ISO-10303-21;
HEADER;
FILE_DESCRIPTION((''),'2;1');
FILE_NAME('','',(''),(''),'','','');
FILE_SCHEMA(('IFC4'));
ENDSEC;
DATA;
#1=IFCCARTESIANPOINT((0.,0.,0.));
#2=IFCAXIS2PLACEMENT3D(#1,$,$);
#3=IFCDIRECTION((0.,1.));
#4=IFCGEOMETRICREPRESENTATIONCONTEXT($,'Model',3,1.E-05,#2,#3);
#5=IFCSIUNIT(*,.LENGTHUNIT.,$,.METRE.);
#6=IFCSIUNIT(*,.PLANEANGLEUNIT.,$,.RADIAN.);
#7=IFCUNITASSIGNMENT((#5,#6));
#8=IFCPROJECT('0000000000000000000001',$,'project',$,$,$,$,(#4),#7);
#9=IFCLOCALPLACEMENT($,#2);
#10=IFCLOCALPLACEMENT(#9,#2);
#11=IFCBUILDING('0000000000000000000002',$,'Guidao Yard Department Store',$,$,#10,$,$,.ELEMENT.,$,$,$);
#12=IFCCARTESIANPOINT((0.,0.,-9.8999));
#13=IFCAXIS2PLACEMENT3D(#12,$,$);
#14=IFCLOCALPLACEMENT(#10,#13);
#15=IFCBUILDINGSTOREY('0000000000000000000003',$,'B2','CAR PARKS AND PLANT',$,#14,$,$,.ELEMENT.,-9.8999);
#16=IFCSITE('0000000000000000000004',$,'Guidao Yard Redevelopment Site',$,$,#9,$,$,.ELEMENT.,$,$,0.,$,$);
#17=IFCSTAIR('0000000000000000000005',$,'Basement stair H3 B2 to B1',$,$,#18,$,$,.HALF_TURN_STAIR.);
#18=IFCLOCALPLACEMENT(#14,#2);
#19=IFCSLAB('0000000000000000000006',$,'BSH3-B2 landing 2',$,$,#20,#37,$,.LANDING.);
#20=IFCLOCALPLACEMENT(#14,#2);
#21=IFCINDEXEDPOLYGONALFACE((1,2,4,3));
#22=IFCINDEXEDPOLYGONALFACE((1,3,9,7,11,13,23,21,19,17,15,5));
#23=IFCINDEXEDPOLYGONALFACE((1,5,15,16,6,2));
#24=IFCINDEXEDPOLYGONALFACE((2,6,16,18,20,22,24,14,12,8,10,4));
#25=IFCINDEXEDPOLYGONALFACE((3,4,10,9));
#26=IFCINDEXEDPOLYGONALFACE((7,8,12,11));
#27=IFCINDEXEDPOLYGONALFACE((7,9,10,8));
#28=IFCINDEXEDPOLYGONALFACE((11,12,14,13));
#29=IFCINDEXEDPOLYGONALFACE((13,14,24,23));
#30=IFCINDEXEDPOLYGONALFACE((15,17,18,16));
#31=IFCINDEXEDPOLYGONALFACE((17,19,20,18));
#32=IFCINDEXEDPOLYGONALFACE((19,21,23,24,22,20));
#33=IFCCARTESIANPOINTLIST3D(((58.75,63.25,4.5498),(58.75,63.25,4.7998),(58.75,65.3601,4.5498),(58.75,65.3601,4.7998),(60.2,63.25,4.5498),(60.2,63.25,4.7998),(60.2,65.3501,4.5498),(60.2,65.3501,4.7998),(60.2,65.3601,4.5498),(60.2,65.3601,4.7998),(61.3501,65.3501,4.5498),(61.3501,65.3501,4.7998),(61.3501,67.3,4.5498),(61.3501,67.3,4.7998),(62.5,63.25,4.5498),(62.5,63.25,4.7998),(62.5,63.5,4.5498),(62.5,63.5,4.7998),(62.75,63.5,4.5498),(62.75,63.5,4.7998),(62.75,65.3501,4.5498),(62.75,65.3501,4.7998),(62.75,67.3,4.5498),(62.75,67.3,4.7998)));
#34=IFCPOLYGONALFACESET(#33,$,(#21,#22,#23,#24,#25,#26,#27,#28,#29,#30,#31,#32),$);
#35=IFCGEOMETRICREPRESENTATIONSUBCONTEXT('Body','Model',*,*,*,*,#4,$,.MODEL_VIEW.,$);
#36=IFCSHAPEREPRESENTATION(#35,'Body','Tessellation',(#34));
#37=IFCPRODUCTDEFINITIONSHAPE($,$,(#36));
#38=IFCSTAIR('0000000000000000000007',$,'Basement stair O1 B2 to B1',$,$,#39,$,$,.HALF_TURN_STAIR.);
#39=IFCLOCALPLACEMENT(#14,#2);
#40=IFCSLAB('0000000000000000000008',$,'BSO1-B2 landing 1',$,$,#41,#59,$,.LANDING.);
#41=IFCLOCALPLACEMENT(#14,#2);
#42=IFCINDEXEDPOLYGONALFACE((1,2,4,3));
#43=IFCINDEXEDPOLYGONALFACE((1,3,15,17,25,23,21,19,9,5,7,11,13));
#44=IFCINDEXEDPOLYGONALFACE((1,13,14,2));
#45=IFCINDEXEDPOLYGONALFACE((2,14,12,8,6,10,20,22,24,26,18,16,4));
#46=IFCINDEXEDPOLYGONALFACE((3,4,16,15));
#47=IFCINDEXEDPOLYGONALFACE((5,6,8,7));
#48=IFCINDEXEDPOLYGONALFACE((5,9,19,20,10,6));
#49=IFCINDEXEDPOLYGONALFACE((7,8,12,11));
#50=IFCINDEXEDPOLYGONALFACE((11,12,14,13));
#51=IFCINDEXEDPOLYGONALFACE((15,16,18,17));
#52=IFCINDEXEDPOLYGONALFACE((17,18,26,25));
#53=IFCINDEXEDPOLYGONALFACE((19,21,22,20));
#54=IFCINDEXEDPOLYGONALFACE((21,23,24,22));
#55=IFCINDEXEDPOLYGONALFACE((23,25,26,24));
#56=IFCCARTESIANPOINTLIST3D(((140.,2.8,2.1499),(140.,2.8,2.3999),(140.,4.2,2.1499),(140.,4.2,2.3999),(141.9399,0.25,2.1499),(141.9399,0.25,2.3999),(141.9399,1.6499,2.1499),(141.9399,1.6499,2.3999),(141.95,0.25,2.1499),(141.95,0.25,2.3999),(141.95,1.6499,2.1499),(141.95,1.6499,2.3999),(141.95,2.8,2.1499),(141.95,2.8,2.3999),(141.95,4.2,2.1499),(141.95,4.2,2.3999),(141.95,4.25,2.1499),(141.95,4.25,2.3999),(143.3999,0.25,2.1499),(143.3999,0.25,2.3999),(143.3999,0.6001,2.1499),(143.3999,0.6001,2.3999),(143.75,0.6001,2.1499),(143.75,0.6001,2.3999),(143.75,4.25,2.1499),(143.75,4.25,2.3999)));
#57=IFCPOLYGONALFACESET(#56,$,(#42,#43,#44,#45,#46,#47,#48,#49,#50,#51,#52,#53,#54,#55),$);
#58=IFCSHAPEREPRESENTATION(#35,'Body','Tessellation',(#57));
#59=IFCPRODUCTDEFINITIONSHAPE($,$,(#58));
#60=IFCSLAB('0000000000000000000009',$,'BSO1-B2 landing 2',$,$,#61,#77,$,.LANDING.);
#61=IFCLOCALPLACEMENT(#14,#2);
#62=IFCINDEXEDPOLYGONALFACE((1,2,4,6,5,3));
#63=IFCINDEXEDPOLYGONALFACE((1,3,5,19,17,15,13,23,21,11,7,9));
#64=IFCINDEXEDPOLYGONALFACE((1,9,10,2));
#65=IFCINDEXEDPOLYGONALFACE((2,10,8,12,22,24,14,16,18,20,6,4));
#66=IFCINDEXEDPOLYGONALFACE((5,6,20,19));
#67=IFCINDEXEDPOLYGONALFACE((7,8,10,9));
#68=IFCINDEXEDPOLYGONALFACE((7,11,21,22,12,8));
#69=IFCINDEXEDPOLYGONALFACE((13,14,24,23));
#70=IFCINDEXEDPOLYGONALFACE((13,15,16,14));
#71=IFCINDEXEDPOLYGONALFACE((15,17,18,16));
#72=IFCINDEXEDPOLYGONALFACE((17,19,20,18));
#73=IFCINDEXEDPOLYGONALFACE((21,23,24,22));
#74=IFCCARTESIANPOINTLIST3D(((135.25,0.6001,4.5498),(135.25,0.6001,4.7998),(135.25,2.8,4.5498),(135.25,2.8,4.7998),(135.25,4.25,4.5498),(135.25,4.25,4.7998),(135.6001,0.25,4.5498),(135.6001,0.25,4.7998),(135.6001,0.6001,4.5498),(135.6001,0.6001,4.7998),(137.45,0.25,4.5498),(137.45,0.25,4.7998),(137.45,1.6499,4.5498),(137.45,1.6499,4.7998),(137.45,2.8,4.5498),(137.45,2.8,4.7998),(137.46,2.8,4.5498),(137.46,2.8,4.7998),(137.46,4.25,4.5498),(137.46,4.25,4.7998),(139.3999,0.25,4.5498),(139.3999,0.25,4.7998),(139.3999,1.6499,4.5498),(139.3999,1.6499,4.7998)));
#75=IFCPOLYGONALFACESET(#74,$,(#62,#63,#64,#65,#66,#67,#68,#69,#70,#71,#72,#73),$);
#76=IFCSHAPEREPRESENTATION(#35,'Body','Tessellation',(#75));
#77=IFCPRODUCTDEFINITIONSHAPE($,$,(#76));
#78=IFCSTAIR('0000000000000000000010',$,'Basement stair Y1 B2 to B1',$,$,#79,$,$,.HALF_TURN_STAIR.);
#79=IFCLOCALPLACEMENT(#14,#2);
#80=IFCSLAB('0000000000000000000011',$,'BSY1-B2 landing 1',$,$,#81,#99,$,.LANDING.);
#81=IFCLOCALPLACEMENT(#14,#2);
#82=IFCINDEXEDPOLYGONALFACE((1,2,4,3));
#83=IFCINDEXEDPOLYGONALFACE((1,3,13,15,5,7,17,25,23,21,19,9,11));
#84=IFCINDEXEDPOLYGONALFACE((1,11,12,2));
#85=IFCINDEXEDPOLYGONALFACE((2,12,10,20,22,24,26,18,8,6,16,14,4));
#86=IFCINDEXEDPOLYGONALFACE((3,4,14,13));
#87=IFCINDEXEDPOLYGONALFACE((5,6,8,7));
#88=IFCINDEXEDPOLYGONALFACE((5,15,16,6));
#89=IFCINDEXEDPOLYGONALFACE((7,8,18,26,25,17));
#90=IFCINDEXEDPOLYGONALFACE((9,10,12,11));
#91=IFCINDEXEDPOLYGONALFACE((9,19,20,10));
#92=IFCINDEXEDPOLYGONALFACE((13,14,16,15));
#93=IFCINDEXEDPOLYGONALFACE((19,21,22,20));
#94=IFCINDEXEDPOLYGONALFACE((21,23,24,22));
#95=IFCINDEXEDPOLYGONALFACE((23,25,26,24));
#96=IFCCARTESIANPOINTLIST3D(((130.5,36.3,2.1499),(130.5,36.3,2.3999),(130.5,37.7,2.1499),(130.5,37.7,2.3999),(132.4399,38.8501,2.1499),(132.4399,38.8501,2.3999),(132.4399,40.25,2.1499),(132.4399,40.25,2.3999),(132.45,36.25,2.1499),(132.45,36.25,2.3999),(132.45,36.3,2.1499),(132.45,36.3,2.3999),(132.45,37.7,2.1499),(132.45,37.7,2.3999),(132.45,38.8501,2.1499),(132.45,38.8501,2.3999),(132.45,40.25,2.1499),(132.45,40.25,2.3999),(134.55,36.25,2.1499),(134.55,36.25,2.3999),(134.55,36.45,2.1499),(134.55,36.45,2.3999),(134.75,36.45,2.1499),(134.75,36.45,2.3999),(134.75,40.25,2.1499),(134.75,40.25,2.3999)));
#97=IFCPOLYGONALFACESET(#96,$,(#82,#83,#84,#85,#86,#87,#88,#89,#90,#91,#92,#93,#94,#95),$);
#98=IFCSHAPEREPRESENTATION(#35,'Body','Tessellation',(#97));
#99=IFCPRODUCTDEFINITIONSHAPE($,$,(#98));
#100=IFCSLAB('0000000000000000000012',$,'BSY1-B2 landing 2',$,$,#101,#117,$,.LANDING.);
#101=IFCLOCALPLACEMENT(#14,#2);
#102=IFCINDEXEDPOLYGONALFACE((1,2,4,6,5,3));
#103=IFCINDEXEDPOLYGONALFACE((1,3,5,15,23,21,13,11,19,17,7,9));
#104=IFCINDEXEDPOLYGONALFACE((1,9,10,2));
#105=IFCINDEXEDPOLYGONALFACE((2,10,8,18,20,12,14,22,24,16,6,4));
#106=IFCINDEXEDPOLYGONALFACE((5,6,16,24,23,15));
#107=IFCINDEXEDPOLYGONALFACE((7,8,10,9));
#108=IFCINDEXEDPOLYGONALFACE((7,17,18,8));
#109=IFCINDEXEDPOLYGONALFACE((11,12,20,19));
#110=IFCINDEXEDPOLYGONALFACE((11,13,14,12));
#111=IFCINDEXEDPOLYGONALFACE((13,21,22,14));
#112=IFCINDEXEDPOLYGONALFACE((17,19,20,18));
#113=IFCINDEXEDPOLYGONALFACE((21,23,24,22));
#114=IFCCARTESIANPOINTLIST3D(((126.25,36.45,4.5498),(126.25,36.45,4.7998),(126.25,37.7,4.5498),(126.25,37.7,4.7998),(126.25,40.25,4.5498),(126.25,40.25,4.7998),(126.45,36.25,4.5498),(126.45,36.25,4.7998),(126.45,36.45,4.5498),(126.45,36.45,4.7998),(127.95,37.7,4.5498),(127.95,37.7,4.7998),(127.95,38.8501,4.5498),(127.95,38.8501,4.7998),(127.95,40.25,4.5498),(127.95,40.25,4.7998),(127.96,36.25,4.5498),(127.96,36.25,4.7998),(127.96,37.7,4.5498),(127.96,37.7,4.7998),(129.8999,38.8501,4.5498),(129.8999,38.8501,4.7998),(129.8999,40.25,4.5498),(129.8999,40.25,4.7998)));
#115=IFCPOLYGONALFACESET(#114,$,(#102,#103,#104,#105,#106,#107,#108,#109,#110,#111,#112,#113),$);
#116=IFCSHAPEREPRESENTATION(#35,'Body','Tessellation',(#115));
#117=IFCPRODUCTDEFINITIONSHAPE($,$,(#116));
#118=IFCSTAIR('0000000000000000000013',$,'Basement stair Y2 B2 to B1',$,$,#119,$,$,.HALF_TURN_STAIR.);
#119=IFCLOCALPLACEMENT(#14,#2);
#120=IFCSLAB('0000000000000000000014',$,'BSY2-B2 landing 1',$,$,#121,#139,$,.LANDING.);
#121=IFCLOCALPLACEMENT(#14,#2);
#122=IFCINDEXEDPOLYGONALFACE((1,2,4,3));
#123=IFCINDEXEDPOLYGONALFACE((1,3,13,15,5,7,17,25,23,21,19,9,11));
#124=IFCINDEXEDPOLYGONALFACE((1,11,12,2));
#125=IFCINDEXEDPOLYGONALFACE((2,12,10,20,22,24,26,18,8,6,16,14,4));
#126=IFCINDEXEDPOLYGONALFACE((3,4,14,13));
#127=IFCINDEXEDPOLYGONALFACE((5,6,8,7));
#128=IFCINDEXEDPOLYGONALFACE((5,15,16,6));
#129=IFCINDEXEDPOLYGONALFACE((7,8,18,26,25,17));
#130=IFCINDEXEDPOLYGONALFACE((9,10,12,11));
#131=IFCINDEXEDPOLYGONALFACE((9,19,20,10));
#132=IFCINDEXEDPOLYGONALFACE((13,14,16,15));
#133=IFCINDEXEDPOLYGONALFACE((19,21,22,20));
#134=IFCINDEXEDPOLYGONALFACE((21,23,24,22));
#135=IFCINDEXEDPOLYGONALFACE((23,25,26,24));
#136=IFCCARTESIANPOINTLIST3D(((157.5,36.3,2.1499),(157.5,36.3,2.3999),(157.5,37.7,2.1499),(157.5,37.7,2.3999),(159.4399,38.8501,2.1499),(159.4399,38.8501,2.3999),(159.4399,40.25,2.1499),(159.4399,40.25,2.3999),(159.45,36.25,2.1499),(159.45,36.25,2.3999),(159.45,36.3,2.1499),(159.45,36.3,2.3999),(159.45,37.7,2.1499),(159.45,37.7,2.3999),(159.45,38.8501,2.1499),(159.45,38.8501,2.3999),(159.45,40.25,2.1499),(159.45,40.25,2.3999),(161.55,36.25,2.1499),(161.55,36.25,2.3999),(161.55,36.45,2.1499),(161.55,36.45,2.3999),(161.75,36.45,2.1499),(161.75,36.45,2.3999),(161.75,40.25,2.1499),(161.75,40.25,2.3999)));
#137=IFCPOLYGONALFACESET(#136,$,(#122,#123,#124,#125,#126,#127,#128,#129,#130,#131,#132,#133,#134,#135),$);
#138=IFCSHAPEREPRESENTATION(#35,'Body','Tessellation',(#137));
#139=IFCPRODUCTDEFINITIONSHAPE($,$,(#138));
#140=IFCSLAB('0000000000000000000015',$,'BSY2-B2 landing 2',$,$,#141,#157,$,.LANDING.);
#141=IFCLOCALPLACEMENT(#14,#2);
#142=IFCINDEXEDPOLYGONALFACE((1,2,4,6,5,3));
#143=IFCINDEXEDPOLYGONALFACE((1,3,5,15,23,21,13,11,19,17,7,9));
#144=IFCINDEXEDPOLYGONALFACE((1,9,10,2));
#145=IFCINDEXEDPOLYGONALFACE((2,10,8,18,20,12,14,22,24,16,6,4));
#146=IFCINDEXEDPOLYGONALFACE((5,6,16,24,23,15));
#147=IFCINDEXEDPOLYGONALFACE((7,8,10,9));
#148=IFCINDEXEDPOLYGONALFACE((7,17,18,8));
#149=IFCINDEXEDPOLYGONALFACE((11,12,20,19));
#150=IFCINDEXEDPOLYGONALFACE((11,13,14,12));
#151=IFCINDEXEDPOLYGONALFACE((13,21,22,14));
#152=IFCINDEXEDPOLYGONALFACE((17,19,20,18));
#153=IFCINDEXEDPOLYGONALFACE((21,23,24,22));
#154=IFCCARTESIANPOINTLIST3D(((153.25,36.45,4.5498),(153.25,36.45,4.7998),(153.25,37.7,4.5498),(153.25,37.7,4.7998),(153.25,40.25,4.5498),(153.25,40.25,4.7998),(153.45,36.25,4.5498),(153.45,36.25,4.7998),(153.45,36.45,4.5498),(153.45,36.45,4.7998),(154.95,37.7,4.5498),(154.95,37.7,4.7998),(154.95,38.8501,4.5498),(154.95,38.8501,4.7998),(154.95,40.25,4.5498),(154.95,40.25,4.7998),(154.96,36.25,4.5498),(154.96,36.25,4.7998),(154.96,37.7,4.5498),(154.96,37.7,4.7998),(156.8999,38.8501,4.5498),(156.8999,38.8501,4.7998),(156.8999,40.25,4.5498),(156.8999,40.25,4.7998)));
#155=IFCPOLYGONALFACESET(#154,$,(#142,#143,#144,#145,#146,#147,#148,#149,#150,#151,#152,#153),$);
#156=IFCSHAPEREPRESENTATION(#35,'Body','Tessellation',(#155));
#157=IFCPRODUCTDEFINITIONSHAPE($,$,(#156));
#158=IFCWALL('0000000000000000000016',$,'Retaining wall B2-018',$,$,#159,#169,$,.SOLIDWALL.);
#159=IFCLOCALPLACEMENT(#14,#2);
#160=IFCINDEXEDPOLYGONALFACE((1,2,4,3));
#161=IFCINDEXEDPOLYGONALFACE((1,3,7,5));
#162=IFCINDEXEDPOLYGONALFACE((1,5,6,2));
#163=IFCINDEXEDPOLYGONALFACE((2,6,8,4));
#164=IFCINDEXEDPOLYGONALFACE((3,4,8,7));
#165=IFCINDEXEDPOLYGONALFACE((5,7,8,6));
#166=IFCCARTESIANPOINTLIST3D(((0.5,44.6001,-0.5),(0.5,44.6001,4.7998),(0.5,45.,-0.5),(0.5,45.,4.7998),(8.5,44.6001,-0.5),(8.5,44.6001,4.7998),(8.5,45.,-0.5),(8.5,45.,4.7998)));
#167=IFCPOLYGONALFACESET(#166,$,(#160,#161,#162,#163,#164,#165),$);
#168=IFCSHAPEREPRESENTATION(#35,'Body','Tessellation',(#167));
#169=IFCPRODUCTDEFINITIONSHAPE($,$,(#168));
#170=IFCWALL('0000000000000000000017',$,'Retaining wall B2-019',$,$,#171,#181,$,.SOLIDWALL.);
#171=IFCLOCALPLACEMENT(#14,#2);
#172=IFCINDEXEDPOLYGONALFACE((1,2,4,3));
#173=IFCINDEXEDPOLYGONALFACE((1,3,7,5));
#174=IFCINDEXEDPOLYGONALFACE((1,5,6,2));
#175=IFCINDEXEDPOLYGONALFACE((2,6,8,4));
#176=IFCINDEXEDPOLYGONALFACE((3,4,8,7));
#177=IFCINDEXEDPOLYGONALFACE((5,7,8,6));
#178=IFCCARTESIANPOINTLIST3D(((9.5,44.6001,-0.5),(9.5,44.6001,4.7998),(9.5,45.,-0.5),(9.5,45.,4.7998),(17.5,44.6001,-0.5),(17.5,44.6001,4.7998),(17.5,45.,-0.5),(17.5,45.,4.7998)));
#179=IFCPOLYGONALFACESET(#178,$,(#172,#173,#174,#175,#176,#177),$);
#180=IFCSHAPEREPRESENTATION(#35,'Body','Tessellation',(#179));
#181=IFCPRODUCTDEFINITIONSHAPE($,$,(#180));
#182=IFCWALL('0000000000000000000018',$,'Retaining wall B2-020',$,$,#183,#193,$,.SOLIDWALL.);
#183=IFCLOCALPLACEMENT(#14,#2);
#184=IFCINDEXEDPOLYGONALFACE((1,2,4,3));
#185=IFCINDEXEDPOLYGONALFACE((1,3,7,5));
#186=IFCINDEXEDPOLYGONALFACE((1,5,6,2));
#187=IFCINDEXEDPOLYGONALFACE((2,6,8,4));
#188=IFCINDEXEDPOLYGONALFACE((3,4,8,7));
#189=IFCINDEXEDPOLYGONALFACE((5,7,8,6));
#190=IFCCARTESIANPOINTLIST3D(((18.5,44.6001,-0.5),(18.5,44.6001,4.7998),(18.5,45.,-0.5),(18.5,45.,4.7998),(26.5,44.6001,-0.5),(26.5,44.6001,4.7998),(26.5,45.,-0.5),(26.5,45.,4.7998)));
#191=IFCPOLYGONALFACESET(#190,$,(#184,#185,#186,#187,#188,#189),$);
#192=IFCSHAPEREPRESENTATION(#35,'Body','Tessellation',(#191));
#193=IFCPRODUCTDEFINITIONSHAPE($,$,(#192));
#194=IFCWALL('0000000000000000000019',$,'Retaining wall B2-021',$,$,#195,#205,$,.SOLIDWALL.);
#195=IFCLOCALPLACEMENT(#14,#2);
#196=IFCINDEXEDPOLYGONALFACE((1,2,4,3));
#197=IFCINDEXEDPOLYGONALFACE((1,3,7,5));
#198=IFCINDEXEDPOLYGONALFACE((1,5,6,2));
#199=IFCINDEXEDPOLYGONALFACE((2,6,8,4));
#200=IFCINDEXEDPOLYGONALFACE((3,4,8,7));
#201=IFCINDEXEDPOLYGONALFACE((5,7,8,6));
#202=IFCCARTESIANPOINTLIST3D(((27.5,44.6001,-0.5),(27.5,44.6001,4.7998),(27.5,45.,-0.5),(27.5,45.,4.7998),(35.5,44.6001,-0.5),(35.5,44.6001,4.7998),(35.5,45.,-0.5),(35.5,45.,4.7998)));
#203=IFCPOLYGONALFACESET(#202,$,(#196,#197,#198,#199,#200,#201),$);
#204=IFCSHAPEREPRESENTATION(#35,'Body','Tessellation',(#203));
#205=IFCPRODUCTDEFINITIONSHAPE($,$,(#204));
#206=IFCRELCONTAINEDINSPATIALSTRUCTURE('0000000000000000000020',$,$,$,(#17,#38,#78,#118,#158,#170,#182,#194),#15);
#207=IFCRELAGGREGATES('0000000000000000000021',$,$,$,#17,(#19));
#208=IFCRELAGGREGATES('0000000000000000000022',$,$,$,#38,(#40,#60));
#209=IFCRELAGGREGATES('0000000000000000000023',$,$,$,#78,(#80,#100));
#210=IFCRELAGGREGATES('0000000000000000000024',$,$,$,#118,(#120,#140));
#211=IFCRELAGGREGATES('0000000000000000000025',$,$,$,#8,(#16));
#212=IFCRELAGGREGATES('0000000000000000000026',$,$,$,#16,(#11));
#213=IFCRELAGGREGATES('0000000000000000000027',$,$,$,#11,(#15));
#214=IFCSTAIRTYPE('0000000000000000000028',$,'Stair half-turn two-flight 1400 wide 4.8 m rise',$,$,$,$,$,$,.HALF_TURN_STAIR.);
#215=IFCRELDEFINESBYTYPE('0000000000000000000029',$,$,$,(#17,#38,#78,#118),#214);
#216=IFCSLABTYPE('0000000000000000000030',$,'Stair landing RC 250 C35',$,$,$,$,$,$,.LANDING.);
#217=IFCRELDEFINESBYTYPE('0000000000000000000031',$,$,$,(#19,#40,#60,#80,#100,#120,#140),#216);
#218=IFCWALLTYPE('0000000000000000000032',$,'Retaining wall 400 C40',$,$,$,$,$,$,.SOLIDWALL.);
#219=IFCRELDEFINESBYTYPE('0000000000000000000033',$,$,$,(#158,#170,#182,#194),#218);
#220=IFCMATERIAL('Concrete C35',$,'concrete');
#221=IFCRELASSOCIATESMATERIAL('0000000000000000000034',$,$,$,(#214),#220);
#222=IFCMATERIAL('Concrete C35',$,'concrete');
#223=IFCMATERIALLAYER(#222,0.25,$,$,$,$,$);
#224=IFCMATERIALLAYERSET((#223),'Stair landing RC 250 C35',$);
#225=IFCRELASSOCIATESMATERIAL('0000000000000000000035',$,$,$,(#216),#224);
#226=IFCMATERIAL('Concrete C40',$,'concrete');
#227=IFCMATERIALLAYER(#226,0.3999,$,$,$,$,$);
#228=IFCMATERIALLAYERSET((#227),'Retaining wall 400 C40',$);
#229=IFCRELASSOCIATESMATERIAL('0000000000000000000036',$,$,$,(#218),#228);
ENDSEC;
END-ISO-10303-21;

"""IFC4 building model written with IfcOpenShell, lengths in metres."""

from ifc_helpers import new_model, si_unit, direction, frame, frame_2d, origin, place, context, subcontext, project, spatial, polyline, rectangle, outline, extrude, material, layer, layer_set, type_object, element, aggregate, save


model = new_model("IFC4")

# Units and contexts
model_context = context("Model", 3, precision=1e-05, world=origin(), true_north=direction((0.0, 1.0)))
body_context = subcontext(model_context, "Body", "Model", "MODEL_VIEW")
ifc_project = project(units=[si_unit("LENGTHUNIT", "METRE"), si_unit("PLANEANGLEUNIT", "RADIAN")], contexts=[model_context])

# Site, building, storey
site_placement = place(None, origin())
site = spatial("IfcSite", under=ifc_project, at=site_placement, Name="Guidao Yard Redevelopment Site", CompositionType="ELEMENT", RefElevation=0.0)
building_placement = place(site_placement, origin())
building = spatial("IfcBuilding", under=site, at=building_placement, Name="Guidao Yard Department Store", CompositionType="ELEMENT")
storey_placement = place(building_placement, frame((0.0, 0.0, -9.8999)))
storey = spatial("IfcBuildingStorey", under=building, at=storey_placement, Name="B2", Description="CAR PARKS AND PLANT", CompositionType="ELEMENT", Elevation=-9.8999)

# Shared definitions
ifc_material_1 = material(Name="Concrete C35", Category="concrete")
stair_type = type_object("IfcStairType", Name="Stair half-turn two-flight 1400 wide 4.8 m rise", PredefinedType="HALF_TURN_STAIR", material=ifc_material_1)
ifc_material_2 = material(Name="Concrete C35", Category="concrete")
ifc_layer_1 = layer(ifc_material_2, 0.25)
ifc_layer_set_1 = layer_set([ifc_layer_1], Name="Stair landing RC 250 C35")
slab_type = type_object("IfcSlabType", Name="Stair landing RC 250 C35", PredefinedType="LANDING", material=ifc_layer_set_1)

# Stairs, slabs
stair_1_placement = place(storey_placement, origin())
stair_1 = element("IfcStair", 1, at=stair_1_placement, inside=storey, type_object=stair_type, Name="Basement stair H3 B2 to B1", PredefinedType="HALF_TURN_STAIR")
slab_1_placement = place(storey_placement, frame((0.0, 0.0, 4.5498)))
slab_1 = element("IfcSlab", 2, at=slab_1_placement, type_object=slab_type, Name="BSH3-B2 landing 2", PredefinedType="LANDING", context=body_context, shape_type="SweptSolid", body=[
    extrude(outline(polyline([(58.75, 63.25), (58.75, 65.3601), (60.2, 65.3601), (60.2, 65.3501), (61.3501, 65.3501), (61.3501, 67.3), (62.75, 67.3), (62.75, 65.3501), (62.75, 63.5), (62.5, 63.5), (62.5, 63.25), (60.2, 63.25), (58.75, 63.25)])), origin(), (0.0, 0.0, 1.0), 0.25),
])
aggregate(stair_1, [slab_1])
stair_2_placement = place(storey_placement, origin())
stair_2 = element("IfcStair", 3, at=stair_2_placement, inside=storey, type_object=stair_type, Name="Basement stair O1 B2 to B1", PredefinedType="HALF_TURN_STAIR")
slab_2_placement = place(storey_placement, frame((0.0, 0.0, 2.1499)))
slab_2 = element("IfcSlab", 4, at=slab_2_placement, type_object=slab_type, Name="BSO1-B2 landing 1", PredefinedType="LANDING", context=body_context, shape_type="SweptSolid", body=[
    extrude(outline(polyline([(141.95, 1.6499), (141.95, 2.8), (140.0, 2.8), (140.0, 4.2), (141.95, 4.2), (141.95, 4.25), (143.75, 4.25), (143.75, 0.6001), (143.3999, 0.6001), (143.3999, 0.25), (141.95, 0.25), (141.9399, 0.25), (141.9399, 1.6499), (141.95, 1.6499)])), origin(), (0.0, 0.0, 1.0), 0.25),
])
slab_3_placement = place(storey_placement, frame((0.0, 0.0, 4.5498)))
slab_3 = element("IfcSlab", 5, at=slab_3_placement, type_object=slab_type, Name="BSO1-B2 landing 2", PredefinedType="LANDING", context=body_context, shape_type="SweptSolid", body=[
    extrude(outline(polyline([(137.45, 0.25), (135.6001, 0.25), (135.6001, 0.6001), (135.25, 0.6001), (135.25, 2.8), (135.25, 4.25), (137.46, 4.25), (137.46, 2.8), (137.45, 2.8), (137.45, 1.6499), (139.3999, 1.6499), (139.3999, 0.25), (137.45, 0.25)])), origin(), (0.0, 0.0, 1.0), 0.25),
])
aggregate(stair_2, [slab_2, slab_3])
stair_3_placement = place(storey_placement, origin())
stair_3 = element("IfcStair", 6, at=stair_3_placement, inside=storey, type_object=stair_type, Name="Basement stair Y1 B2 to B1", PredefinedType="HALF_TURN_STAIR")
slab_4_placement = place(storey_placement, frame((0.0, 0.0, 2.1499)))
slab_4 = element("IfcSlab", 7, at=slab_4_placement, type_object=slab_type, Name="BSY1-B2 landing 1", PredefinedType="LANDING", context=body_context, shape_type="SweptSolid", body=[
    extrude(outline(polyline([(132.45, 37.7), (132.45, 38.8501), (132.4399, 38.8501), (132.4399, 40.25), (132.45, 40.25), (134.75, 40.25), (134.75, 36.45), (134.55, 36.45), (134.55, 36.25), (132.45, 36.25), (132.45, 36.3), (130.5, 36.3), (130.5, 37.7), (132.45, 37.7)])), origin(), (0.0, 0.0, 1.0), 0.25),
])
slab_5_placement = place(storey_placement, frame((0.0, 0.0, 4.5498)))
slab_5 = element("IfcSlab", 8, at=slab_5_placement, type_object=slab_type, Name="BSY1-B2 landing 2", PredefinedType="LANDING", context=body_context, shape_type="SweptSolid", body=[
    extrude(outline(polyline([(126.45, 36.25), (126.45, 36.45), (126.25, 36.45), (126.25, 37.7), (126.25, 40.25), (127.95, 40.25), (129.8999, 40.25), (129.8999, 38.8501), (127.95, 38.8501), (127.95, 37.7), (127.96, 37.7), (127.96, 36.25), (126.45, 36.25)])), origin(), (0.0, 0.0, 1.0), 0.25),
])
aggregate(stair_3, [slab_4, slab_5])
stair_4_placement = place(storey_placement, origin())
stair_4 = element("IfcStair", 9, at=stair_4_placement, inside=storey, type_object=stair_type, Name="Basement stair Y2 B2 to B1", PredefinedType="HALF_TURN_STAIR")
slab_6_placement = place(storey_placement, frame((0.0, 0.0, 2.1499)))
slab_6 = element("IfcSlab", 10, at=slab_6_placement, type_object=slab_type, Name="BSY2-B2 landing 1", PredefinedType="LANDING", context=body_context, shape_type="SweptSolid", body=[
    extrude(outline(polyline([(159.45, 37.7), (159.45, 38.8501), (159.4399, 38.8501), (159.4399, 40.25), (159.45, 40.25), (161.75, 40.25), (161.75, 36.45), (161.55, 36.45), (161.55, 36.25), (159.45, 36.25), (159.45, 36.3), (157.5, 36.3), (157.5, 37.7), (159.45, 37.7)])), origin(), (0.0, 0.0, 1.0), 0.25),
])
slab_7_placement = place(storey_placement, frame((0.0, 0.0, 4.5498)))
slab_7 = element("IfcSlab", 11, at=slab_7_placement, type_object=slab_type, Name="BSY2-B2 landing 2", PredefinedType="LANDING", context=body_context, shape_type="SweptSolid", body=[
    extrude(outline(polyline([(153.45, 36.25), (153.45, 36.45), (153.25, 36.45), (153.25, 37.7), (153.25, 40.25), (154.95, 40.25), (156.8999, 40.25), (156.8999, 38.8501), (154.95, 38.8501), (154.95, 37.7), (154.96, 37.7), (154.96, 36.25), (153.45, 36.25)])), origin(), (0.0, 0.0, 1.0), 0.25),
])
aggregate(stair_4, [slab_6, slab_7])

# Walls
ifc_material_3 = material(Name="Concrete C40", Category="concrete")
ifc_layer_2 = layer(ifc_material_3, 0.3999)
ifc_layer_set_2 = layer_set([ifc_layer_2], Name="Retaining wall 400 C40")
wall_type = type_object("IfcWallType", Name="Retaining wall 400 C40", PredefinedType="SOLIDWALL", material=ifc_layer_set_2)
for number, where, z_axis, x_axis, name in (
    (12, (0.5, 44.8, -0.5), (0.0, 0.0, 1.0), (1.0, 0.0, 0.0), "Retaining wall B2-018"),
    (13, (9.5, 44.8, -0.5), (0.0, 0.0, 1.0), (1.0, 0.0, 0.0), "Retaining wall B2-019"),
    (14, (18.5, 44.8, -0.5), (0.0, 0.0, 1.0), (1.0, 0.0, 0.0), "Retaining wall B2-020"),
    (15, (27.5, 44.8, -0.5), (0.0, 0.0, 1.0), (1.0, 0.0, 0.0), "Retaining wall B2-021"),
):
    element("IfcWall", number, at=place(storey_placement, frame(where, z_axis=z_axis, x_axis=x_axis)), inside=storey, type_object=wall_type, Name=name, PredefinedType="SOLIDWALL", context=body_context, shape_type="SweptSolid", body=[
        extrude(rectangle(XDim=8.0, YDim=0.3999, at=frame_2d((4.0, 0.0))), origin(), (0.0, 0.0, 1.0), 5.2998),
    ])

save(model, "model.ifc")
